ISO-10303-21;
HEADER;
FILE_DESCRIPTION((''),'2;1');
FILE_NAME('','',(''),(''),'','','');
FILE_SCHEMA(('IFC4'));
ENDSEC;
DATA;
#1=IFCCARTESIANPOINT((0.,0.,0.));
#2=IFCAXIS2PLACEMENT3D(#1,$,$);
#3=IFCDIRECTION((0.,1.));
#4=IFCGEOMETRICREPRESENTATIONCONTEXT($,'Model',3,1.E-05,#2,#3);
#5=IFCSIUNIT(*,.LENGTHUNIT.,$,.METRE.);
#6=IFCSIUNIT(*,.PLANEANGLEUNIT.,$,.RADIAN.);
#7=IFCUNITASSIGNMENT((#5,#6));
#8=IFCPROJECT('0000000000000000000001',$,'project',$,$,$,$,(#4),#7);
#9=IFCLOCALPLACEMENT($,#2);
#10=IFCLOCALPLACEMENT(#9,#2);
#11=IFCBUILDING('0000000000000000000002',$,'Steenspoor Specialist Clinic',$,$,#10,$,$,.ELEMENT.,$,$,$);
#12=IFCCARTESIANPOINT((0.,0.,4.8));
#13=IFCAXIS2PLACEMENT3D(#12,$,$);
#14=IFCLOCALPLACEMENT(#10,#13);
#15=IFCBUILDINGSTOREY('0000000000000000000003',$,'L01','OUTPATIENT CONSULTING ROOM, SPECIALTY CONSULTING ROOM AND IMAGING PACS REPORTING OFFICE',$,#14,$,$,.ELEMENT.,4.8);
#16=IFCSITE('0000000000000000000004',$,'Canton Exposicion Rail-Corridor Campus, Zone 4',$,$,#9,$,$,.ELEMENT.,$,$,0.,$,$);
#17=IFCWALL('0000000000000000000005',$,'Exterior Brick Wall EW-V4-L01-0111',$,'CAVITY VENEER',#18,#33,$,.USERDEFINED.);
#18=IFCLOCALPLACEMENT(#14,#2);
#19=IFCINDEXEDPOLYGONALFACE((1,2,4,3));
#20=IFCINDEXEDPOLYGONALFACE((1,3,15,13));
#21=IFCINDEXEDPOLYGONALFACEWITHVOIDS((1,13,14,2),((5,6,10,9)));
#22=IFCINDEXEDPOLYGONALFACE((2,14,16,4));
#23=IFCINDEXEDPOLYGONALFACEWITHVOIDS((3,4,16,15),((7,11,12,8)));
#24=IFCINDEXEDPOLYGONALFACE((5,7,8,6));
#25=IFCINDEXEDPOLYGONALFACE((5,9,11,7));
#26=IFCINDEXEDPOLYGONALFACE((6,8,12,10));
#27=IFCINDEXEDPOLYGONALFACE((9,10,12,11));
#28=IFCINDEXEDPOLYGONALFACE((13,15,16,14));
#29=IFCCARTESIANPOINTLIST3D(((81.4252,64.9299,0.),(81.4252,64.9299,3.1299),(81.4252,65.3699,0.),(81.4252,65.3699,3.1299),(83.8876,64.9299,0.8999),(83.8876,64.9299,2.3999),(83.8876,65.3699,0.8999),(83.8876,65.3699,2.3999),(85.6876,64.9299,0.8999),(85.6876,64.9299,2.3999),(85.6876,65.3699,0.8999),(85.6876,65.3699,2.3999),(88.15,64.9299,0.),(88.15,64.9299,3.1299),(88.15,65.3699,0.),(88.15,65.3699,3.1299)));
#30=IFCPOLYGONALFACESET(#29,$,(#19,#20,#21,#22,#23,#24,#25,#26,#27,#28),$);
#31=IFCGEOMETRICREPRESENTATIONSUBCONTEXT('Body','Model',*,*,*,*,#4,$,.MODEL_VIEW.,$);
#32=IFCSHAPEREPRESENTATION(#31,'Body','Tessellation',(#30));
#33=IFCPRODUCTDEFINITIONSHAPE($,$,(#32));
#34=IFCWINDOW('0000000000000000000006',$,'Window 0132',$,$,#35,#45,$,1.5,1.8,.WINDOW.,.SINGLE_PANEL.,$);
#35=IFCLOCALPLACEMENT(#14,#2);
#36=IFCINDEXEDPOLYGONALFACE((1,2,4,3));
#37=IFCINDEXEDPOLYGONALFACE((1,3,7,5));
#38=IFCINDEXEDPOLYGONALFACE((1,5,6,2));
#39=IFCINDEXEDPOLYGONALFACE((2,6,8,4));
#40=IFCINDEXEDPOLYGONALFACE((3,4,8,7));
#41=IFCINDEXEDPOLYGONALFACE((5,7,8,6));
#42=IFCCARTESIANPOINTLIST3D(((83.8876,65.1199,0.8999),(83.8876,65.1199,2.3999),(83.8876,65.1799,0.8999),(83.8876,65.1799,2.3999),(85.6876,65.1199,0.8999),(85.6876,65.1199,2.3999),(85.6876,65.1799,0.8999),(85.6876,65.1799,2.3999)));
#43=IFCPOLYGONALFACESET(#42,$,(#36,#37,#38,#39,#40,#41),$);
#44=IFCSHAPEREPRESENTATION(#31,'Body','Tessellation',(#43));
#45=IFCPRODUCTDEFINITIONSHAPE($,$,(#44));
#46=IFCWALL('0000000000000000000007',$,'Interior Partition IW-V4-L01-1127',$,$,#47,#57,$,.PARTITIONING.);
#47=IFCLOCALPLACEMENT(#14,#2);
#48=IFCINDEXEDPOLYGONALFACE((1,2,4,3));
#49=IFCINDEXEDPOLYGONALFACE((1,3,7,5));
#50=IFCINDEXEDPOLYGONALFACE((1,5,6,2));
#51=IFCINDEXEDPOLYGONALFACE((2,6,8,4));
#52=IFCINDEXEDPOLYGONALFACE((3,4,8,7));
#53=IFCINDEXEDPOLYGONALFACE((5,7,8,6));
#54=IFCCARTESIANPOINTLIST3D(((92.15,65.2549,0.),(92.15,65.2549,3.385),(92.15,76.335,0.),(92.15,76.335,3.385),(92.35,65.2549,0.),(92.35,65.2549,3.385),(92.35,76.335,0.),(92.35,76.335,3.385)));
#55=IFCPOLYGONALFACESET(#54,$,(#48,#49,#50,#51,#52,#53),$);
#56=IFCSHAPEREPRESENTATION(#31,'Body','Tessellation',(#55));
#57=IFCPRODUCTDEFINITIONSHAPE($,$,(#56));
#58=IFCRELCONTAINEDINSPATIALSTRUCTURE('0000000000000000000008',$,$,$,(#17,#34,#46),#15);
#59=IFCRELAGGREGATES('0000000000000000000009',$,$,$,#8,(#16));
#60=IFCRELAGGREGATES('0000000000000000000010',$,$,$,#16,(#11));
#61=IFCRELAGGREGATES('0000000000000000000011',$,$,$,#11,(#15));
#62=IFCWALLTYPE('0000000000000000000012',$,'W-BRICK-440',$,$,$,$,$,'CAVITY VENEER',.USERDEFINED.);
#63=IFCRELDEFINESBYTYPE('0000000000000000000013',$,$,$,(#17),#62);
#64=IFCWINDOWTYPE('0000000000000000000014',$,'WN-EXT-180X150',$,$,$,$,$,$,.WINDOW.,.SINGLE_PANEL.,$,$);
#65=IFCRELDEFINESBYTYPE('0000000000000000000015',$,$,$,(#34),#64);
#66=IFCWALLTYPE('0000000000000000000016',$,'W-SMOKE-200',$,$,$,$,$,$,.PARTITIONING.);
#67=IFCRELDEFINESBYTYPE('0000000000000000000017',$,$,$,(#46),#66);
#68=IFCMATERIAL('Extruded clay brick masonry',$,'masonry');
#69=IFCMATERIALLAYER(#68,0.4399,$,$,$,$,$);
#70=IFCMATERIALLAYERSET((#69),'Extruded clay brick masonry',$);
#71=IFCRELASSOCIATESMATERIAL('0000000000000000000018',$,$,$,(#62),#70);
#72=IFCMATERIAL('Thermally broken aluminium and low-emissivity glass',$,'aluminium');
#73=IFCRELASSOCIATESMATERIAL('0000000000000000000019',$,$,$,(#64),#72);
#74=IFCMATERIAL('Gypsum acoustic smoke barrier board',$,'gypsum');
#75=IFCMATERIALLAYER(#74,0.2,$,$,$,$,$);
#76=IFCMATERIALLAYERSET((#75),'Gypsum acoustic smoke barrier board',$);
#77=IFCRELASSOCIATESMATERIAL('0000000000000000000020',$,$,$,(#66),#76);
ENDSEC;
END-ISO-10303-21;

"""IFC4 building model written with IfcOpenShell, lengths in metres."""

from ifc_helpers import new_model, si_unit, direction, frame, frame_2d, origin, place, context, subcontext, project, spatial, rectangle, extrude, material, layer, layer_set, type_object, element, fill, save


model = new_model("IFC4")

# Units and contexts
model_context = context("Model", 3, precision=1e-05, world=origin(), true_north=direction((0.0, 1.0)))
body_context = subcontext(model_context, "Body", "Model", "MODEL_VIEW")
ifc_project = project(units=[si_unit("LENGTHUNIT", "METRE"), si_unit("PLANEANGLEUNIT", "RADIAN")], contexts=[model_context])

# Site, building, storey
site_placement = place(None, origin())
site = spatial("IfcSite", under=ifc_project, at=site_placement, Name="Canton Exposicion Rail-Corridor Campus, Zone 4", CompositionType="ELEMENT", RefElevation=0.0)
building_placement = place(site_placement, origin())
building = spatial("IfcBuilding", under=site, at=building_placement, Name="Steenspoor Specialist Clinic", CompositionType="ELEMENT")
storey_placement = place(building_placement, frame((0.0, 0.0, 4.8)))
storey = spatial("IfcBuildingStorey", under=building, at=storey_placement, Name="L01", Description="OUTPATIENT CONSULTING ROOM, SPECIALTY CONSULTING ROOM AND IMAGING PACS REPORTING OFFICE", CompositionType="ELEMENT", Elevation=4.8)

# Shared definitions
ifc_material_1 = material(Name="Thermally broken aluminium and low-emissivity glass", Category="aluminium")

# Wall, opening, window
ifc_material_2 = material(Name="Extruded clay brick masonry", Category="masonry")
ifc_layer_1 = layer(ifc_material_2, 0.4399)
ifc_layer_set_1 = layer_set([ifc_layer_1], Name="Extruded clay brick masonry")
wall_type_1 = type_object("IfcWallType", Name="W-BRICK-440", ElementType="CAVITY VENEER", PredefinedType="USERDEFINED", material=ifc_layer_set_1)
wall_1_placement = place(storey_placement, frame((88.1499, 65.1499, 0.0), z_axis=(0.0, 0.0, 1.0), x_axis=(-1.0, 0.0, 0.0)))
wall_1 = element("IfcWall", 1, at=wall_1_placement, inside=storey, type_object=wall_type_1, Name="Exterior Brick Wall EW-V4-L01-0111", ObjectType="CAVITY VENEER", PredefinedType="USERDEFINED", context=body_context, shape_type="SweptSolid", body=[
    extrude(rectangle(XDim=6.7249, YDim=0.4399, at=frame_2d((3.3623, 0.0))), origin(), (0.0, 0.0, 1.0), 3.1299),
])
opening_placement = place(wall_1_placement, frame((2.4624, 0.0, 0.8999)))
opening = element("IfcOpeningElement", 2, at=opening_placement, cuts=wall_1, PredefinedType="OPENING", context=body_context, shape_type="SweptSolid", body=[
    extrude(rectangle(XDim=1.8, YDim=1.5, at=frame_2d((0.8999, 0.75))), frame((0.0, 0.23, 0.0), z_axis=(0.0, -1.0, 0.0), x_axis=(1.0, 0.0, 0.0)), (0.0, 0.0, 1.0), 0.46),
])
window_type = type_object("IfcWindowType", Name="WN-EXT-180X150", PartitioningType="SINGLE_PANEL", PredefinedType="WINDOW", material=ifc_material_1)
window_placement = place(opening_placement, origin())
window = element("IfcWindow", 3, at=window_placement, inside=storey, type_object=window_type, Name="Window 0132", OverallHeight=1.5, OverallWidth=1.8, PartitioningType="SINGLE_PANEL", PredefinedType="WINDOW", context=body_context, shape_type="SweptSolid", body=[
    extrude(rectangle(XDim=1.8, YDim=1.5, at=frame_2d((0.8999, 0.75))), frame((0.0, 0.03, 0.0), z_axis=(0.0, -1.0, 0.0), x_axis=(1.0, 0.0, 0.0)), (0.0, 0.0, 1.0), 0.0601),
])
fill(opening, window)

# Wall
ifc_material_3 = material(Name="Gypsum acoustic smoke barrier board", Category="gypsum")
ifc_layer_2 = layer(ifc_material_3, 0.2)
ifc_layer_set_2 = layer_set([ifc_layer_2], Name="Gypsum acoustic smoke barrier board")
wall_type_2 = type_object("IfcWallType", Name="W-SMOKE-200", PredefinedType="PARTITIONING", material=ifc_layer_set_2)
wall_2_placement = place(storey_placement, frame((92.25, 65.2549, 0.0), z_axis=(0.0, 0.0, 1.0), x_axis=(0.0, 1.0, 0.0)))
element("IfcWall", 4, at=wall_2_placement, inside=storey, type_object=wall_type_2, Name="Interior Partition IW-V4-L01-1127", PredefinedType="PARTITIONING", context=body_context, shape_type="SweptSolid", body=[
    extrude(rectangle(XDim=11.0801, YDim=0.2, at=frame_2d((5.54, 0.0))), origin(), (0.0, 0.0, 1.0), 3.385),
])

save(model, "model.ifc")
